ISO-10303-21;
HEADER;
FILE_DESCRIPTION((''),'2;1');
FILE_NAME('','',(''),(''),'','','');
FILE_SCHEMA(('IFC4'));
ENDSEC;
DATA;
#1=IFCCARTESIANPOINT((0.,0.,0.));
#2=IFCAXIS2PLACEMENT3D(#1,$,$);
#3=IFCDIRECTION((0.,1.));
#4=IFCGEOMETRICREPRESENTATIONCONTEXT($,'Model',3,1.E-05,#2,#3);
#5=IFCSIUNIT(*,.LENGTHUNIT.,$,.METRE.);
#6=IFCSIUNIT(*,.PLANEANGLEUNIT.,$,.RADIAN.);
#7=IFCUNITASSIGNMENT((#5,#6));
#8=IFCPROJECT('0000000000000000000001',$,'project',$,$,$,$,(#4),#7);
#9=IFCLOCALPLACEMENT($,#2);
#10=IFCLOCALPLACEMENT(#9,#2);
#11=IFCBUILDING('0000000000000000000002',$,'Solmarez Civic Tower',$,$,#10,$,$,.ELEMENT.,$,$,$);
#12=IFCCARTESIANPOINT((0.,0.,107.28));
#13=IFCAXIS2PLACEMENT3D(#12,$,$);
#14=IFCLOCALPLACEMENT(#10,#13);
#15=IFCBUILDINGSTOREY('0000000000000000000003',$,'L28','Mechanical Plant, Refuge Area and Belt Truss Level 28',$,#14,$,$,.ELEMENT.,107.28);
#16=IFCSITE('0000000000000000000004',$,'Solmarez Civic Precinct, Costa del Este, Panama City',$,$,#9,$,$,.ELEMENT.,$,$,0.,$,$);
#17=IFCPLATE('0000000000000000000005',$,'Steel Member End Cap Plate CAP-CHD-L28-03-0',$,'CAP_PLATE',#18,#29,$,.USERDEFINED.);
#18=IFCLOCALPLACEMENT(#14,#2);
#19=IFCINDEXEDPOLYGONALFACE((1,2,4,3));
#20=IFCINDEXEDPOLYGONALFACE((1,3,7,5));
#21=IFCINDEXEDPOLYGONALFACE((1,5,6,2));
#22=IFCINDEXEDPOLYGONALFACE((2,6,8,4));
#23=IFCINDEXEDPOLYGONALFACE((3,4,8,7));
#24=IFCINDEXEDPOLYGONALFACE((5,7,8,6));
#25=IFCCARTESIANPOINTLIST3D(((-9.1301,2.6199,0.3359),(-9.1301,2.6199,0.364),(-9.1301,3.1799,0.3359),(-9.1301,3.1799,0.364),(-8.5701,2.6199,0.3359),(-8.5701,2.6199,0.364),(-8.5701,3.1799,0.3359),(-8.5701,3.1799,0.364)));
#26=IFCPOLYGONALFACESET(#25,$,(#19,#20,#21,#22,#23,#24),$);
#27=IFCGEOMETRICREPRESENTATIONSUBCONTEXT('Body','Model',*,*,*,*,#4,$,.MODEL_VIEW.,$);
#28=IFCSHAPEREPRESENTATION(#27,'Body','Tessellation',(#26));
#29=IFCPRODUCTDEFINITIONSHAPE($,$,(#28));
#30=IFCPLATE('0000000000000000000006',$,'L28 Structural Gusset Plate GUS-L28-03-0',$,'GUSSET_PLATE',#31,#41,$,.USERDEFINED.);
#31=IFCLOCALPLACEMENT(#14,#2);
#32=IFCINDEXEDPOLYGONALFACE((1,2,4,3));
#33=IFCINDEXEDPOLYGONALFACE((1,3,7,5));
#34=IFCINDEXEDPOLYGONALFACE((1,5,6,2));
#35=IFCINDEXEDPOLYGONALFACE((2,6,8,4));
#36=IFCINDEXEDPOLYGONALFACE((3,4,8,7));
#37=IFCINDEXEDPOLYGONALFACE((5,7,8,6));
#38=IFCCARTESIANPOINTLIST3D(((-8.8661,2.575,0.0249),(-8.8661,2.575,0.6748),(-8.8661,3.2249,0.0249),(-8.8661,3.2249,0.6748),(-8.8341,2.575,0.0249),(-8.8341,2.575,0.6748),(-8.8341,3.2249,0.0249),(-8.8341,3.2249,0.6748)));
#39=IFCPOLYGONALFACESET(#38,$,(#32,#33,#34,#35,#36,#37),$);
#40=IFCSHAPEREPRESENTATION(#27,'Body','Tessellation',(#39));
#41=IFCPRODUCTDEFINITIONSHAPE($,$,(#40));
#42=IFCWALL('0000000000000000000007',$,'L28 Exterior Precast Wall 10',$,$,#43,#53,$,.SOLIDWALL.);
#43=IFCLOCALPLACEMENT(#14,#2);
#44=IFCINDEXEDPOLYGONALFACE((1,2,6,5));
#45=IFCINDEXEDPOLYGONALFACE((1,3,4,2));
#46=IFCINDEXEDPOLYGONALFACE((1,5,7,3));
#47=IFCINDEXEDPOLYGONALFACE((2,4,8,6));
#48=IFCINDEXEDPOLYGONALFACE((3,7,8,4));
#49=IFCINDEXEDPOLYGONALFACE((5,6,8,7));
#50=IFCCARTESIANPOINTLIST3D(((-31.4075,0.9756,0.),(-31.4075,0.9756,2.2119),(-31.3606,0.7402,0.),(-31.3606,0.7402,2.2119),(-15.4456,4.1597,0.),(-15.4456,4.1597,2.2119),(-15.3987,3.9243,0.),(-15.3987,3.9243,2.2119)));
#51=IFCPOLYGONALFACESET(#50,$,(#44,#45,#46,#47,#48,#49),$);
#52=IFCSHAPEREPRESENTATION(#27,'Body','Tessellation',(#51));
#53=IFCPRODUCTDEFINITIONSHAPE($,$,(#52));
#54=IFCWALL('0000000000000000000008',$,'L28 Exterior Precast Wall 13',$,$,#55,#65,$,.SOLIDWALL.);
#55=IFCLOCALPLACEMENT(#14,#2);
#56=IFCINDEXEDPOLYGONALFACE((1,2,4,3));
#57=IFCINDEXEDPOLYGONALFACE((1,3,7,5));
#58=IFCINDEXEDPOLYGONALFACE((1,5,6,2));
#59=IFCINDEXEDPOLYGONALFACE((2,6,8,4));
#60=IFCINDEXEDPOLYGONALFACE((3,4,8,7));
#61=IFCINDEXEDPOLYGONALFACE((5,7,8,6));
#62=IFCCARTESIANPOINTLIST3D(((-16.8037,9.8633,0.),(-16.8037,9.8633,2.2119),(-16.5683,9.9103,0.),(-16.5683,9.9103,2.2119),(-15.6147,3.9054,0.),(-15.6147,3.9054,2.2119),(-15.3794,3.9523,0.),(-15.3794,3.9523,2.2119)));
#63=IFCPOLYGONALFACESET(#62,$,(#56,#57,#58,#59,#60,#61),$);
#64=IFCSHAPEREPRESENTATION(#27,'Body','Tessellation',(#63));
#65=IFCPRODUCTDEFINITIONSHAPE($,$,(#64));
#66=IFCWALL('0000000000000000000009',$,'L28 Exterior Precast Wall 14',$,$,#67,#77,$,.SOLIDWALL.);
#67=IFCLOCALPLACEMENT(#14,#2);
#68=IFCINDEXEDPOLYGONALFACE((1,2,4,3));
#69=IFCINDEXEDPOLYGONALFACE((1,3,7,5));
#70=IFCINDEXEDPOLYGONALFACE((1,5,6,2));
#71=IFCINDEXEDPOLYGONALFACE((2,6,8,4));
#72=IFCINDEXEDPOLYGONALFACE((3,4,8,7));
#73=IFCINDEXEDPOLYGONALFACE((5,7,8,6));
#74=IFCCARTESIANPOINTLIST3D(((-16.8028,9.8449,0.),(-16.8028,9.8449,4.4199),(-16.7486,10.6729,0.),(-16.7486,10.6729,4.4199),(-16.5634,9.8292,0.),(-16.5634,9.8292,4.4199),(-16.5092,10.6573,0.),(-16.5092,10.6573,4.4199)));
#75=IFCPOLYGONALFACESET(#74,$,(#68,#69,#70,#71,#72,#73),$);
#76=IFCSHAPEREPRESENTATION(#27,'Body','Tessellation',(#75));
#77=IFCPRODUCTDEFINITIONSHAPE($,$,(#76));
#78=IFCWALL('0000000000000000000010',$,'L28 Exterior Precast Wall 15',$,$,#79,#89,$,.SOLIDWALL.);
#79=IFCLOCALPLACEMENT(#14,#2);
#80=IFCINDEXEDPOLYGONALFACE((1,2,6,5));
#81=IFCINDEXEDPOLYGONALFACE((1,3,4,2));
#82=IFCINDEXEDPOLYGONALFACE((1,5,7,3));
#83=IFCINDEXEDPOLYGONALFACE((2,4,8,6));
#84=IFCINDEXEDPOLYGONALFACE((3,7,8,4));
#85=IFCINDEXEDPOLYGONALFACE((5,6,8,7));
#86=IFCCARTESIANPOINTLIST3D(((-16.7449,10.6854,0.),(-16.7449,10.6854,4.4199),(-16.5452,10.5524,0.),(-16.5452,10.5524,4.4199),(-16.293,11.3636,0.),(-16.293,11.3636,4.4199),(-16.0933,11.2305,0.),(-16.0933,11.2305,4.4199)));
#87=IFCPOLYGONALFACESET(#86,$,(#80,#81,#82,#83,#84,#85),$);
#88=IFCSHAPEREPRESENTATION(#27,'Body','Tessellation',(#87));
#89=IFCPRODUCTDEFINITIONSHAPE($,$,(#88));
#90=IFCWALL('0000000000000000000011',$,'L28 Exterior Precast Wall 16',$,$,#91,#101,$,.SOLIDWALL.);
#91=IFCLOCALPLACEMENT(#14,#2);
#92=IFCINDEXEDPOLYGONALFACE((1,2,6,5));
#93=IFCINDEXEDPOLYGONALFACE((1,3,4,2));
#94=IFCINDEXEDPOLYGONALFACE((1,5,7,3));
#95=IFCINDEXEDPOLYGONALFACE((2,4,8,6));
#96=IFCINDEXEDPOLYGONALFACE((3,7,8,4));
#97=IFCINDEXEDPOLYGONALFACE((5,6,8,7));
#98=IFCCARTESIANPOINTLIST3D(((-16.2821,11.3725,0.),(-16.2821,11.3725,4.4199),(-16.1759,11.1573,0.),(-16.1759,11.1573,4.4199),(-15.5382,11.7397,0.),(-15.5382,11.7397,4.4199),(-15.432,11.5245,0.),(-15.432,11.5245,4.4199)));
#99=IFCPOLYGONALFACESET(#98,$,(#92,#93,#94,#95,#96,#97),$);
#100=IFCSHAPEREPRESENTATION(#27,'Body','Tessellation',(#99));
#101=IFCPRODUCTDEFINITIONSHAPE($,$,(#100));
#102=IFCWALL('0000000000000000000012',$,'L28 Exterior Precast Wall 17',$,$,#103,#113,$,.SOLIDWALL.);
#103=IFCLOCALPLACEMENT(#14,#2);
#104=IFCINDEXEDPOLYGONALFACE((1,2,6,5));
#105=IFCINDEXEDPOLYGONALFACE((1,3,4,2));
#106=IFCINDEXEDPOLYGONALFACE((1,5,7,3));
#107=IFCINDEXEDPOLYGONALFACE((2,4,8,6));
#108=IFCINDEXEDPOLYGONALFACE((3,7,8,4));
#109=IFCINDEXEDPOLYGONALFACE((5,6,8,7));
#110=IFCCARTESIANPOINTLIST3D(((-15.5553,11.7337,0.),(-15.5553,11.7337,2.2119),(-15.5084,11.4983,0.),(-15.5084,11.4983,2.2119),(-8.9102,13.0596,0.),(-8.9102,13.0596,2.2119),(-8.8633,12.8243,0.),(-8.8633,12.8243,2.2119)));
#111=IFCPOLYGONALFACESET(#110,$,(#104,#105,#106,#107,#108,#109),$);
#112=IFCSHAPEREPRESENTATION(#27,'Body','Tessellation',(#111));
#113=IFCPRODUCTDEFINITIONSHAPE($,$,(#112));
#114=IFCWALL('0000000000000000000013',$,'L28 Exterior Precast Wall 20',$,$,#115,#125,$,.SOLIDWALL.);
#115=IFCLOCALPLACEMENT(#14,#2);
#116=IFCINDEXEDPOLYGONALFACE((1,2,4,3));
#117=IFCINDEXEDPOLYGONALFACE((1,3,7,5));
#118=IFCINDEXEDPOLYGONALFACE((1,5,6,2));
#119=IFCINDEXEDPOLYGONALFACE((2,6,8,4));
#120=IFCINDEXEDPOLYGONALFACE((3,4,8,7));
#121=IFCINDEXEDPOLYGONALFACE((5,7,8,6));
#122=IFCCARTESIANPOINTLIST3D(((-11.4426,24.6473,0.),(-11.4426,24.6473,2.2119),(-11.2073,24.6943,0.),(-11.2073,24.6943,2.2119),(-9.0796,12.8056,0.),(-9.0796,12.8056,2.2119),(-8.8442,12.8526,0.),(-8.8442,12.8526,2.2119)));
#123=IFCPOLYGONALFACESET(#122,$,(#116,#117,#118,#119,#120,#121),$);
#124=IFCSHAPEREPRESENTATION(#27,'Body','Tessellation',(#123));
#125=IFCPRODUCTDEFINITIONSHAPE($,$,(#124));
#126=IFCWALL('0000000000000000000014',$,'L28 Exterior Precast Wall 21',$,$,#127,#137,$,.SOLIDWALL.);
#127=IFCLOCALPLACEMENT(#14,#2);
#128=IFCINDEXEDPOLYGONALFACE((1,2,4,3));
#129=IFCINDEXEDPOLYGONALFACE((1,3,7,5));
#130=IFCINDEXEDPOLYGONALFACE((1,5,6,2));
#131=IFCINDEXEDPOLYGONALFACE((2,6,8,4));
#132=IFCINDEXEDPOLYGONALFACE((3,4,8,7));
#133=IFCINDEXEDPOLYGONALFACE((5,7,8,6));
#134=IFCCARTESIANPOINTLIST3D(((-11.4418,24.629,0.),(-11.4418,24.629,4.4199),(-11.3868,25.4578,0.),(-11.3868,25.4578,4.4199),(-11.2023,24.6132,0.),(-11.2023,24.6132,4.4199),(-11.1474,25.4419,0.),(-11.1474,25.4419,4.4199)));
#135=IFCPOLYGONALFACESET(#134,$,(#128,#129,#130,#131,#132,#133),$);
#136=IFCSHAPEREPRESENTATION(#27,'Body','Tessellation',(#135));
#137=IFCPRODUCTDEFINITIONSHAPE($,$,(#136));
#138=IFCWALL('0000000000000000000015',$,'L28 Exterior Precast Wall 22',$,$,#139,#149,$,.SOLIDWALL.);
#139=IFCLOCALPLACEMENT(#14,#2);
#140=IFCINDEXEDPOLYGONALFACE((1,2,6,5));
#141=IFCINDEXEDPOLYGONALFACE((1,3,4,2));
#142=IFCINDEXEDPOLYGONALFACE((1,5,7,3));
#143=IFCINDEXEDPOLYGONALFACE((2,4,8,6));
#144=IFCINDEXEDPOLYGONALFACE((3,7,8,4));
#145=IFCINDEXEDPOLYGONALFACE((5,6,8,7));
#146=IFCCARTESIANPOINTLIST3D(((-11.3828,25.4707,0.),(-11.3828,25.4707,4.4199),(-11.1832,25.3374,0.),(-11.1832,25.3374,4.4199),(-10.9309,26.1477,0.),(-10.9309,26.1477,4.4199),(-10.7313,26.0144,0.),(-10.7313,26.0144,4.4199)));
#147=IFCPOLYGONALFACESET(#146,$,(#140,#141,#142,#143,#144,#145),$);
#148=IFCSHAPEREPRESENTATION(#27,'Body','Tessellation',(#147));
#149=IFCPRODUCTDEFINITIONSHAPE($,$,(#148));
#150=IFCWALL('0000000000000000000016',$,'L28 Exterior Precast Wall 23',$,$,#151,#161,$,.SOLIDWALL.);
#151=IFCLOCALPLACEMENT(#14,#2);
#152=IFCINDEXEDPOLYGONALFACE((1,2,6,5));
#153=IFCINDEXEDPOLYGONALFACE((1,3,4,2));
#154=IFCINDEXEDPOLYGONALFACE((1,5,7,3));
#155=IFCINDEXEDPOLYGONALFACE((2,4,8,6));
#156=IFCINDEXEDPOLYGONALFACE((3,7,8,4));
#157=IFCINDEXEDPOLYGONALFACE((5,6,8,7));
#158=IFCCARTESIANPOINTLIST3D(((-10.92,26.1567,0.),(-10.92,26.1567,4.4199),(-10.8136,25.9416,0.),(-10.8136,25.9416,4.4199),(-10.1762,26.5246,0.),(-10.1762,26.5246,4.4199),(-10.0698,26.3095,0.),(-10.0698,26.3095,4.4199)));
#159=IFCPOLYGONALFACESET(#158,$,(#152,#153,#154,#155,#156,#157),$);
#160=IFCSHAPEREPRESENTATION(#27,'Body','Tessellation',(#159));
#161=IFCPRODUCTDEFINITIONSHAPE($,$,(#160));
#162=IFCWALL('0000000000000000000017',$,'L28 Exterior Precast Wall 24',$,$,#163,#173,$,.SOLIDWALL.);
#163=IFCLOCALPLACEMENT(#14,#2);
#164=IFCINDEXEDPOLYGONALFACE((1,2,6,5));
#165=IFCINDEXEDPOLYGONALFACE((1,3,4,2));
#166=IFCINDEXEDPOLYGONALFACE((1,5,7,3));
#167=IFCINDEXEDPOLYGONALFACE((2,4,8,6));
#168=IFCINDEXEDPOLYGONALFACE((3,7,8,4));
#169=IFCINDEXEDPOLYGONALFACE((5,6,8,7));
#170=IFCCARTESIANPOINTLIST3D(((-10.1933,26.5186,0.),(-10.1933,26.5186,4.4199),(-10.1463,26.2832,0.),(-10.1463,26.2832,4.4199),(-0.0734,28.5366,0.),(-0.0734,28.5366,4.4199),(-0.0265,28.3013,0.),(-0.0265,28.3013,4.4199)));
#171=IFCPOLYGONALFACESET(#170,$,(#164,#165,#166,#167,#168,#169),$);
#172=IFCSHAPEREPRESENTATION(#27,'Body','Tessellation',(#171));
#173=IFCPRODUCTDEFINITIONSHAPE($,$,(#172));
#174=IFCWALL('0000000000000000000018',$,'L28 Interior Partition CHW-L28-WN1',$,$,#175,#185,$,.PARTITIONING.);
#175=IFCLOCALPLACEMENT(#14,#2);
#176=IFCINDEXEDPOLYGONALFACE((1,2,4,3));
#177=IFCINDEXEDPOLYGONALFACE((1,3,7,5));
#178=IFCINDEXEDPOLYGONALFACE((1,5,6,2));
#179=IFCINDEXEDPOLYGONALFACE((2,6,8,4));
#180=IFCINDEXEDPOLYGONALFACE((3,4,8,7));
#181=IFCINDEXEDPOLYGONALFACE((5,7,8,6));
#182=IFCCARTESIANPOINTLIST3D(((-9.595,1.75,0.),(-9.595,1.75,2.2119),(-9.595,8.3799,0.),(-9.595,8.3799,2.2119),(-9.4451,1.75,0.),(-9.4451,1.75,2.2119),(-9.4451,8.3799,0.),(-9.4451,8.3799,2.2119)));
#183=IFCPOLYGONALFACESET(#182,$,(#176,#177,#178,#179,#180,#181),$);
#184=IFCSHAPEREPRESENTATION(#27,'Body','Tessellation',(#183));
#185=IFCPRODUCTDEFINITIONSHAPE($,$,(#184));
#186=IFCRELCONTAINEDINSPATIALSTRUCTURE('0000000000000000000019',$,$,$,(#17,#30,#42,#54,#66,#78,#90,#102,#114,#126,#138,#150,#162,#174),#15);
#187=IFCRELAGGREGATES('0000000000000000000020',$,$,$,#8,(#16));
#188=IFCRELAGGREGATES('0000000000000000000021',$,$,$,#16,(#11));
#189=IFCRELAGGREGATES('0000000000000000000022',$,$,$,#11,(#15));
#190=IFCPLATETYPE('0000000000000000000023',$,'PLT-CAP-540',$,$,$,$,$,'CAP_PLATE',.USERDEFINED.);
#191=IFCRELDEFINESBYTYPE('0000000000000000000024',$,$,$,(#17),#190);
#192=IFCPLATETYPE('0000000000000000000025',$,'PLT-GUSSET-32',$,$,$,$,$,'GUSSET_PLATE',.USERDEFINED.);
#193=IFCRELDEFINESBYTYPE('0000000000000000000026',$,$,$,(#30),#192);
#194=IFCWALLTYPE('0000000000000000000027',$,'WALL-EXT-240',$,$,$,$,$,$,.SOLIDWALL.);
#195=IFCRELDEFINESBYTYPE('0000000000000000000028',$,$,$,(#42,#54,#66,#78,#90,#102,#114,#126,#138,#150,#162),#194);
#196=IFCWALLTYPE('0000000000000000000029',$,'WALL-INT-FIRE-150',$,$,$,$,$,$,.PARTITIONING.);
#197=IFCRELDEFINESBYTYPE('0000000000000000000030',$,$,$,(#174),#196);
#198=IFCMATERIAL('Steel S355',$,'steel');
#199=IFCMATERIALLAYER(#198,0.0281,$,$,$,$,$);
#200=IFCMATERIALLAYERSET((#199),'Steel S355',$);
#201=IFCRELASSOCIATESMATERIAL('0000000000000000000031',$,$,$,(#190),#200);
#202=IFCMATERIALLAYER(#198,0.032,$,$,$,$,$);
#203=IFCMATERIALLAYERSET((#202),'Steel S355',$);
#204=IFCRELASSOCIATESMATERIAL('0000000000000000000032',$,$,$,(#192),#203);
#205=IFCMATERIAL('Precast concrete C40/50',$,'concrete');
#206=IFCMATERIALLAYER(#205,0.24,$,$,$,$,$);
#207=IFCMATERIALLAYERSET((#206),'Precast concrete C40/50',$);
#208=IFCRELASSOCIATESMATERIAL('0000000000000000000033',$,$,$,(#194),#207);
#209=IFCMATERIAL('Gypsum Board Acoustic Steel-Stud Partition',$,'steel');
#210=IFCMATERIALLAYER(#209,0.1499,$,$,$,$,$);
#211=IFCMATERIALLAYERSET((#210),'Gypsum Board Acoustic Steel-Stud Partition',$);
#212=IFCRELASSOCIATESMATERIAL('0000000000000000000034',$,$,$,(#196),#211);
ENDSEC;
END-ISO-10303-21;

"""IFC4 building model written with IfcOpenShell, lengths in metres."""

from ifc_helpers import new_model, si_unit, direction, frame, frame_2d, origin, origin_2d, place, context, subcontext, project, spatial, rectangle, extrude, material, layer, layer_set, type_object, element, save


model = new_model("IFC4")

# Units and contexts
model_context = context("Model", 3, precision=1e-05, world=origin(), true_north=direction((0.0, 1.0)))
body_context = subcontext(model_context, "Body", "Model", "MODEL_VIEW")
ifc_project = project(units=[si_unit("LENGTHUNIT", "METRE"), si_unit("PLANEANGLEUNIT", "RADIAN")], contexts=[model_context])

# Site, building, storey
site_placement = place(None, origin())
site = spatial("IfcSite", under=ifc_project, at=site_placement, Name="Solmarez Civic Precinct, Costa del Este, Panama City", CompositionType="ELEMENT", RefElevation=0.0)
building_placement = place(site_placement, origin())
building = spatial("IfcBuilding", under=site, at=building_placement, Name="Solmarez Civic Tower", CompositionType="ELEMENT")
storey_placement = place(building_placement, frame((0.0, 0.0, 107.28)))
storey = spatial("IfcBuildingStorey", under=building, at=storey_placement, Name="L28", Description="Mechanical Plant, Refuge Area and Belt Truss Level 28", CompositionType="ELEMENT", Elevation=107.28)

# Shared definitions
ifc_material_1 = material(Name="Steel S355", Category="steel")

# Plates
ifc_layer_1 = layer(ifc_material_1, 0.0281)
ifc_layer_set_1 = layer_set([ifc_layer_1], Name="Steel S355")
plate_type_1 = type_object("IfcPlateType", Name="PLT-CAP-540", ElementType="CAP_PLATE", PredefinedType="USERDEFINED", material=ifc_layer_set_1)
plate_1_placement = place(storey_placement, frame((-8.8501, 2.8999, 0.3359), z_axis=(0.0, 0.0, 1.0), x_axis=(1.0, 0.0, 0.0)))
element("IfcPlate", 1, at=plate_1_placement, inside=storey, type_object=plate_type_1, Name="Steel Member End Cap Plate CAP-CHD-L28-03-0", ObjectType="CAP_PLATE", PredefinedType="USERDEFINED", context=body_context, shape_type="SweptSolid", body=[
    extrude(rectangle(XDim=0.5601, YDim=0.5601, at=origin_2d()), origin(), (0.0, 0.0, 1.0), 0.0281),
])
ifc_layer_2 = layer(ifc_material_1, 0.032)
ifc_layer_set_2 = layer_set([ifc_layer_2], Name="Steel S355")
plate_type_2 = type_object("IfcPlateType", Name="PLT-GUSSET-32", ElementType="GUSSET_PLATE", PredefinedType="USERDEFINED", material=ifc_layer_set_2)
plate_2_placement = place(storey_placement, frame((-8.8501, 2.8999, 0.0249), z_axis=(0.0, 0.0, 1.0), x_axis=(0.0, 1.0, 0.0)))
element("IfcPlate", 2, at=plate_2_placement, inside=storey, type_object=plate_type_2, Name="L28 Structural Gusset Plate GUS-L28-03-0", ObjectType="GUSSET_PLATE", PredefinedType="USERDEFINED", context=body_context, shape_type="SweptSolid", body=[
    extrude(rectangle(XDim=0.6499, YDim=0.032, at=origin_2d()), origin(), (0.0, 0.0, 1.0), 0.6499),
])

# Walls
ifc_material_2 = material(Name="Precast concrete C40/50", Category="concrete")
ifc_layer_3 = layer(ifc_material_2, 0.24)
ifc_layer_set_3 = layer_set([ifc_layer_3], Name="Precast concrete C40/50")
wall_type_1 = type_object("IfcWallType", Name="WALL-EXT-240", PredefinedType="SOLIDWALL", material=ifc_layer_set_3)
wall_1_placement = place(storey_placement, frame((-31.384, 0.8579, 0.0), z_axis=(0.0, 0.0, 1.0), x_axis=(0.980679, 0.195626, 0.0)))
element("IfcWall", 3, at=wall_1_placement, inside=storey, type_object=wall_type_1, Name="L28 Exterior Precast Wall 10", PredefinedType="SOLIDWALL", context=body_context, shape_type="SweptSolid", body=[
    extrude(rectangle(XDim=16.2764, YDim=0.24, at=frame_2d((8.1382, 0.0))), origin(), (0.0, 0.0, 1.0), 2.2119),
])
wall_2_placement = place(storey_placement, frame((-15.4971, 3.929, 0.0), z_axis=(0.0, 0.0, 1.0), x_axis=(-0.195699, 0.980664, 0.0)))
element("IfcWall", 4, at=wall_2_placement, inside=storey, type_object=wall_type_1, Name="L28 Exterior Precast Wall 13", PredefinedType="SOLIDWALL", context=body_context, shape_type="SweptSolid", body=[
    extrude(rectangle(XDim=6.0754, YDim=0.24, at=frame_2d((3.0376, 0.0))), origin(), (0.0, 0.0, 1.0), 2.2119),
])
wall_3_placement = place(storey_placement, frame((-16.6831, 9.8369, 0.0), z_axis=(0.0, 0.0, 1.0), x_axis=(0.065308, 0.997865, 0.0)))
element("IfcWall", 5, at=wall_3_placement, inside=storey, type_object=wall_type_1, Name="L28 Exterior Precast Wall 14", PredefinedType="SOLIDWALL", context=body_context, shape_type="SweptSolid", body=[
    extrude(rectangle(XDim=0.8298, YDim=0.24, at=frame_2d((0.415, 0.0))), origin(), (0.0, 0.0, 1.0), 4.4199),
])
wall_4_placement = place(storey_placement, frame((-16.645, 10.6189, 0.0), z_axis=(0.0, 0.0, 1.0), x_axis=(0.554493, 0.832189, 0.0)))
element("IfcWall", 6, at=wall_4_placement, inside=storey, type_object=wall_type_1, Name="L28 Exterior Precast Wall 15", PredefinedType="SOLIDWALL", context=body_context, shape_type="SweptSolid", body=[
    extrude(rectangle(XDim=0.8149, YDim=0.24, at=frame_2d((0.4075, 0.0))), origin(), (0.0, 0.0, 1.0), 4.4199),
])
wall_5_placement = place(storey_placement, frame((-16.229, 11.2649, 0.0), z_axis=(0.0, 0.0, 1.0), x_axis=(0.896711, 0.442617, 0.0)))
element("IfcWall", 7, at=wall_5_placement, inside=storey, type_object=wall_type_1, Name="L28 Exterior Precast Wall 16", PredefinedType="SOLIDWALL", context=body_context, shape_type="SweptSolid", body=[
    extrude(rectangle(XDim=0.8296, YDim=0.24, at=frame_2d((0.4148, 0.0))), origin(), (0.0, 0.0, 1.0), 4.4199),
])
wall_6_placement = place(storey_placement, frame((-15.532, 11.616, 0.0), z_axis=(0.0, 0.0, 1.0), x_axis=(0.980668, 0.19568, 0.0)))
element("IfcWall", 8, at=wall_6_placement, inside=storey, type_object=wall_type_1, Name="L28 Exterior Precast Wall 17", PredefinedType="SOLIDWALL", context=body_context, shape_type="SweptSolid", body=[
    extrude(rectangle(XDim=6.7761, YDim=0.24, at=frame_2d((3.3882, 0.0))), origin(), (0.0, 0.0, 1.0), 2.2119),
])
wall_7_placement = place(storey_placement, frame((-8.9619, 12.8291, 0.0), z_axis=(0.0, 0.0, 1.0), x_axis=(-0.195692, 0.980665, 0.0)))
element("IfcWall", 9, at=wall_7_placement, inside=storey, type_object=wall_type_1, Name="L28 Exterior Precast Wall 20", PredefinedType="SOLIDWALL", context=body_context, shape_type="SweptSolid", body=[
    extrude(rectangle(XDim=12.0752, YDim=0.24, at=frame_2d((6.0376, 0.0))), origin(), (0.0, 0.0, 1.0), 2.2119),
])
wall_8_placement = place(storey_placement, frame((-11.322, 24.6211, 0.0), z_axis=(0.0, 0.0, 1.0), x_axis=(0.066129, 0.997811, 0.0)))
element("IfcWall", 10, at=wall_8_placement, inside=storey, type_object=wall_type_1, Name="L28 Exterior Precast Wall 21", PredefinedType="SOLIDWALL", context=body_context, shape_type="SweptSolid", body=[
    extrude(rectangle(XDim=0.8306, YDim=0.24, at=frame_2d((0.4153, 0.0))), origin(), (0.0, 0.0, 1.0), 4.4199),
])
wall_9_placement = place(storey_placement, frame((-11.283, 25.4041, 0.0), z_axis=(0.0, 0.0, 1.0), x_axis=(0.555185, 0.831727, 0.0)))
element("IfcWall", 11, at=wall_9_placement, inside=storey, type_object=wall_type_1, Name="L28 Exterior Precast Wall 22", PredefinedType="SOLIDWALL", context=body_context, shape_type="SweptSolid", body=[
    extrude(rectangle(XDim=0.814, YDim=0.24, at=frame_2d((0.407, 0.0))), origin(), (0.0, 0.0, 1.0), 4.4199),
])
wall_10_placement = place(storey_placement, frame((-10.8669, 26.0491, 0.0), z_axis=(0.0, 0.0, 1.0), x_axis=(0.89636, 0.443326, 0.0)))
element("IfcWall", 12, at=wall_10_placement, inside=storey, type_object=wall_type_1, Name="L28 Exterior Precast Wall 23", PredefinedType="SOLIDWALL", context=body_context, shape_type="SweptSolid", body=[
    extrude(rectangle(XDim=0.8298, YDim=0.24, at=frame_2d((0.415, 0.0))), origin(), (0.0, 0.0, 1.0), 4.4199),
])
wall_11_placement = place(storey_placement, frame((-10.1699, 26.4009, 0.0), z_axis=(0.0, 0.0, 1.0), x_axis=(0.980691, 0.195566, 0.0)))
element("IfcWall", 13, at=wall_11_placement, inside=storey, type_object=wall_type_1, Name="L28 Exterior Precast Wall 24", PredefinedType="SOLIDWALL", context=body_context, shape_type="SweptSolid", body=[
    extrude(rectangle(XDim=10.3191, YDim=0.24, at=frame_2d((5.1597, 0.0))), origin(), (0.0, 0.0, 1.0), 4.4199),
])
ifc_material_3 = material(Name="Gypsum Board Acoustic Steel-Stud Partition", Category="steel")
ifc_layer_4 = layer(ifc_material_3, 0.1499)
ifc_layer_set_4 = layer_set([ifc_layer_4], Name="Gypsum Board Acoustic Steel-Stud Partition")
wall_type_2 = type_object("IfcWallType", Name="WALL-INT-FIRE-150", PredefinedType="PARTITIONING", material=ifc_layer_set_4)
wall_12_placement = place(storey_placement, frame((-9.52, 1.75, 0.0), z_axis=(0.0, 0.0, 1.0), x_axis=(0.0, 1.0, 0.0)))
element("IfcWall", 14, at=wall_12_placement, inside=storey, type_object=wall_type_2, Name="L28 Interior Partition CHW-L28-WN1", PredefinedType="PARTITIONING", context=body_context, shape_type="SweptSolid", body=[
    extrude(rectangle(XDim=6.6299, YDim=0.1499, at=frame_2d((3.3149, 0.0))), origin(), (0.0, 0.0, 1.0), 2.2119),
])

save(model, "model.ifc")
